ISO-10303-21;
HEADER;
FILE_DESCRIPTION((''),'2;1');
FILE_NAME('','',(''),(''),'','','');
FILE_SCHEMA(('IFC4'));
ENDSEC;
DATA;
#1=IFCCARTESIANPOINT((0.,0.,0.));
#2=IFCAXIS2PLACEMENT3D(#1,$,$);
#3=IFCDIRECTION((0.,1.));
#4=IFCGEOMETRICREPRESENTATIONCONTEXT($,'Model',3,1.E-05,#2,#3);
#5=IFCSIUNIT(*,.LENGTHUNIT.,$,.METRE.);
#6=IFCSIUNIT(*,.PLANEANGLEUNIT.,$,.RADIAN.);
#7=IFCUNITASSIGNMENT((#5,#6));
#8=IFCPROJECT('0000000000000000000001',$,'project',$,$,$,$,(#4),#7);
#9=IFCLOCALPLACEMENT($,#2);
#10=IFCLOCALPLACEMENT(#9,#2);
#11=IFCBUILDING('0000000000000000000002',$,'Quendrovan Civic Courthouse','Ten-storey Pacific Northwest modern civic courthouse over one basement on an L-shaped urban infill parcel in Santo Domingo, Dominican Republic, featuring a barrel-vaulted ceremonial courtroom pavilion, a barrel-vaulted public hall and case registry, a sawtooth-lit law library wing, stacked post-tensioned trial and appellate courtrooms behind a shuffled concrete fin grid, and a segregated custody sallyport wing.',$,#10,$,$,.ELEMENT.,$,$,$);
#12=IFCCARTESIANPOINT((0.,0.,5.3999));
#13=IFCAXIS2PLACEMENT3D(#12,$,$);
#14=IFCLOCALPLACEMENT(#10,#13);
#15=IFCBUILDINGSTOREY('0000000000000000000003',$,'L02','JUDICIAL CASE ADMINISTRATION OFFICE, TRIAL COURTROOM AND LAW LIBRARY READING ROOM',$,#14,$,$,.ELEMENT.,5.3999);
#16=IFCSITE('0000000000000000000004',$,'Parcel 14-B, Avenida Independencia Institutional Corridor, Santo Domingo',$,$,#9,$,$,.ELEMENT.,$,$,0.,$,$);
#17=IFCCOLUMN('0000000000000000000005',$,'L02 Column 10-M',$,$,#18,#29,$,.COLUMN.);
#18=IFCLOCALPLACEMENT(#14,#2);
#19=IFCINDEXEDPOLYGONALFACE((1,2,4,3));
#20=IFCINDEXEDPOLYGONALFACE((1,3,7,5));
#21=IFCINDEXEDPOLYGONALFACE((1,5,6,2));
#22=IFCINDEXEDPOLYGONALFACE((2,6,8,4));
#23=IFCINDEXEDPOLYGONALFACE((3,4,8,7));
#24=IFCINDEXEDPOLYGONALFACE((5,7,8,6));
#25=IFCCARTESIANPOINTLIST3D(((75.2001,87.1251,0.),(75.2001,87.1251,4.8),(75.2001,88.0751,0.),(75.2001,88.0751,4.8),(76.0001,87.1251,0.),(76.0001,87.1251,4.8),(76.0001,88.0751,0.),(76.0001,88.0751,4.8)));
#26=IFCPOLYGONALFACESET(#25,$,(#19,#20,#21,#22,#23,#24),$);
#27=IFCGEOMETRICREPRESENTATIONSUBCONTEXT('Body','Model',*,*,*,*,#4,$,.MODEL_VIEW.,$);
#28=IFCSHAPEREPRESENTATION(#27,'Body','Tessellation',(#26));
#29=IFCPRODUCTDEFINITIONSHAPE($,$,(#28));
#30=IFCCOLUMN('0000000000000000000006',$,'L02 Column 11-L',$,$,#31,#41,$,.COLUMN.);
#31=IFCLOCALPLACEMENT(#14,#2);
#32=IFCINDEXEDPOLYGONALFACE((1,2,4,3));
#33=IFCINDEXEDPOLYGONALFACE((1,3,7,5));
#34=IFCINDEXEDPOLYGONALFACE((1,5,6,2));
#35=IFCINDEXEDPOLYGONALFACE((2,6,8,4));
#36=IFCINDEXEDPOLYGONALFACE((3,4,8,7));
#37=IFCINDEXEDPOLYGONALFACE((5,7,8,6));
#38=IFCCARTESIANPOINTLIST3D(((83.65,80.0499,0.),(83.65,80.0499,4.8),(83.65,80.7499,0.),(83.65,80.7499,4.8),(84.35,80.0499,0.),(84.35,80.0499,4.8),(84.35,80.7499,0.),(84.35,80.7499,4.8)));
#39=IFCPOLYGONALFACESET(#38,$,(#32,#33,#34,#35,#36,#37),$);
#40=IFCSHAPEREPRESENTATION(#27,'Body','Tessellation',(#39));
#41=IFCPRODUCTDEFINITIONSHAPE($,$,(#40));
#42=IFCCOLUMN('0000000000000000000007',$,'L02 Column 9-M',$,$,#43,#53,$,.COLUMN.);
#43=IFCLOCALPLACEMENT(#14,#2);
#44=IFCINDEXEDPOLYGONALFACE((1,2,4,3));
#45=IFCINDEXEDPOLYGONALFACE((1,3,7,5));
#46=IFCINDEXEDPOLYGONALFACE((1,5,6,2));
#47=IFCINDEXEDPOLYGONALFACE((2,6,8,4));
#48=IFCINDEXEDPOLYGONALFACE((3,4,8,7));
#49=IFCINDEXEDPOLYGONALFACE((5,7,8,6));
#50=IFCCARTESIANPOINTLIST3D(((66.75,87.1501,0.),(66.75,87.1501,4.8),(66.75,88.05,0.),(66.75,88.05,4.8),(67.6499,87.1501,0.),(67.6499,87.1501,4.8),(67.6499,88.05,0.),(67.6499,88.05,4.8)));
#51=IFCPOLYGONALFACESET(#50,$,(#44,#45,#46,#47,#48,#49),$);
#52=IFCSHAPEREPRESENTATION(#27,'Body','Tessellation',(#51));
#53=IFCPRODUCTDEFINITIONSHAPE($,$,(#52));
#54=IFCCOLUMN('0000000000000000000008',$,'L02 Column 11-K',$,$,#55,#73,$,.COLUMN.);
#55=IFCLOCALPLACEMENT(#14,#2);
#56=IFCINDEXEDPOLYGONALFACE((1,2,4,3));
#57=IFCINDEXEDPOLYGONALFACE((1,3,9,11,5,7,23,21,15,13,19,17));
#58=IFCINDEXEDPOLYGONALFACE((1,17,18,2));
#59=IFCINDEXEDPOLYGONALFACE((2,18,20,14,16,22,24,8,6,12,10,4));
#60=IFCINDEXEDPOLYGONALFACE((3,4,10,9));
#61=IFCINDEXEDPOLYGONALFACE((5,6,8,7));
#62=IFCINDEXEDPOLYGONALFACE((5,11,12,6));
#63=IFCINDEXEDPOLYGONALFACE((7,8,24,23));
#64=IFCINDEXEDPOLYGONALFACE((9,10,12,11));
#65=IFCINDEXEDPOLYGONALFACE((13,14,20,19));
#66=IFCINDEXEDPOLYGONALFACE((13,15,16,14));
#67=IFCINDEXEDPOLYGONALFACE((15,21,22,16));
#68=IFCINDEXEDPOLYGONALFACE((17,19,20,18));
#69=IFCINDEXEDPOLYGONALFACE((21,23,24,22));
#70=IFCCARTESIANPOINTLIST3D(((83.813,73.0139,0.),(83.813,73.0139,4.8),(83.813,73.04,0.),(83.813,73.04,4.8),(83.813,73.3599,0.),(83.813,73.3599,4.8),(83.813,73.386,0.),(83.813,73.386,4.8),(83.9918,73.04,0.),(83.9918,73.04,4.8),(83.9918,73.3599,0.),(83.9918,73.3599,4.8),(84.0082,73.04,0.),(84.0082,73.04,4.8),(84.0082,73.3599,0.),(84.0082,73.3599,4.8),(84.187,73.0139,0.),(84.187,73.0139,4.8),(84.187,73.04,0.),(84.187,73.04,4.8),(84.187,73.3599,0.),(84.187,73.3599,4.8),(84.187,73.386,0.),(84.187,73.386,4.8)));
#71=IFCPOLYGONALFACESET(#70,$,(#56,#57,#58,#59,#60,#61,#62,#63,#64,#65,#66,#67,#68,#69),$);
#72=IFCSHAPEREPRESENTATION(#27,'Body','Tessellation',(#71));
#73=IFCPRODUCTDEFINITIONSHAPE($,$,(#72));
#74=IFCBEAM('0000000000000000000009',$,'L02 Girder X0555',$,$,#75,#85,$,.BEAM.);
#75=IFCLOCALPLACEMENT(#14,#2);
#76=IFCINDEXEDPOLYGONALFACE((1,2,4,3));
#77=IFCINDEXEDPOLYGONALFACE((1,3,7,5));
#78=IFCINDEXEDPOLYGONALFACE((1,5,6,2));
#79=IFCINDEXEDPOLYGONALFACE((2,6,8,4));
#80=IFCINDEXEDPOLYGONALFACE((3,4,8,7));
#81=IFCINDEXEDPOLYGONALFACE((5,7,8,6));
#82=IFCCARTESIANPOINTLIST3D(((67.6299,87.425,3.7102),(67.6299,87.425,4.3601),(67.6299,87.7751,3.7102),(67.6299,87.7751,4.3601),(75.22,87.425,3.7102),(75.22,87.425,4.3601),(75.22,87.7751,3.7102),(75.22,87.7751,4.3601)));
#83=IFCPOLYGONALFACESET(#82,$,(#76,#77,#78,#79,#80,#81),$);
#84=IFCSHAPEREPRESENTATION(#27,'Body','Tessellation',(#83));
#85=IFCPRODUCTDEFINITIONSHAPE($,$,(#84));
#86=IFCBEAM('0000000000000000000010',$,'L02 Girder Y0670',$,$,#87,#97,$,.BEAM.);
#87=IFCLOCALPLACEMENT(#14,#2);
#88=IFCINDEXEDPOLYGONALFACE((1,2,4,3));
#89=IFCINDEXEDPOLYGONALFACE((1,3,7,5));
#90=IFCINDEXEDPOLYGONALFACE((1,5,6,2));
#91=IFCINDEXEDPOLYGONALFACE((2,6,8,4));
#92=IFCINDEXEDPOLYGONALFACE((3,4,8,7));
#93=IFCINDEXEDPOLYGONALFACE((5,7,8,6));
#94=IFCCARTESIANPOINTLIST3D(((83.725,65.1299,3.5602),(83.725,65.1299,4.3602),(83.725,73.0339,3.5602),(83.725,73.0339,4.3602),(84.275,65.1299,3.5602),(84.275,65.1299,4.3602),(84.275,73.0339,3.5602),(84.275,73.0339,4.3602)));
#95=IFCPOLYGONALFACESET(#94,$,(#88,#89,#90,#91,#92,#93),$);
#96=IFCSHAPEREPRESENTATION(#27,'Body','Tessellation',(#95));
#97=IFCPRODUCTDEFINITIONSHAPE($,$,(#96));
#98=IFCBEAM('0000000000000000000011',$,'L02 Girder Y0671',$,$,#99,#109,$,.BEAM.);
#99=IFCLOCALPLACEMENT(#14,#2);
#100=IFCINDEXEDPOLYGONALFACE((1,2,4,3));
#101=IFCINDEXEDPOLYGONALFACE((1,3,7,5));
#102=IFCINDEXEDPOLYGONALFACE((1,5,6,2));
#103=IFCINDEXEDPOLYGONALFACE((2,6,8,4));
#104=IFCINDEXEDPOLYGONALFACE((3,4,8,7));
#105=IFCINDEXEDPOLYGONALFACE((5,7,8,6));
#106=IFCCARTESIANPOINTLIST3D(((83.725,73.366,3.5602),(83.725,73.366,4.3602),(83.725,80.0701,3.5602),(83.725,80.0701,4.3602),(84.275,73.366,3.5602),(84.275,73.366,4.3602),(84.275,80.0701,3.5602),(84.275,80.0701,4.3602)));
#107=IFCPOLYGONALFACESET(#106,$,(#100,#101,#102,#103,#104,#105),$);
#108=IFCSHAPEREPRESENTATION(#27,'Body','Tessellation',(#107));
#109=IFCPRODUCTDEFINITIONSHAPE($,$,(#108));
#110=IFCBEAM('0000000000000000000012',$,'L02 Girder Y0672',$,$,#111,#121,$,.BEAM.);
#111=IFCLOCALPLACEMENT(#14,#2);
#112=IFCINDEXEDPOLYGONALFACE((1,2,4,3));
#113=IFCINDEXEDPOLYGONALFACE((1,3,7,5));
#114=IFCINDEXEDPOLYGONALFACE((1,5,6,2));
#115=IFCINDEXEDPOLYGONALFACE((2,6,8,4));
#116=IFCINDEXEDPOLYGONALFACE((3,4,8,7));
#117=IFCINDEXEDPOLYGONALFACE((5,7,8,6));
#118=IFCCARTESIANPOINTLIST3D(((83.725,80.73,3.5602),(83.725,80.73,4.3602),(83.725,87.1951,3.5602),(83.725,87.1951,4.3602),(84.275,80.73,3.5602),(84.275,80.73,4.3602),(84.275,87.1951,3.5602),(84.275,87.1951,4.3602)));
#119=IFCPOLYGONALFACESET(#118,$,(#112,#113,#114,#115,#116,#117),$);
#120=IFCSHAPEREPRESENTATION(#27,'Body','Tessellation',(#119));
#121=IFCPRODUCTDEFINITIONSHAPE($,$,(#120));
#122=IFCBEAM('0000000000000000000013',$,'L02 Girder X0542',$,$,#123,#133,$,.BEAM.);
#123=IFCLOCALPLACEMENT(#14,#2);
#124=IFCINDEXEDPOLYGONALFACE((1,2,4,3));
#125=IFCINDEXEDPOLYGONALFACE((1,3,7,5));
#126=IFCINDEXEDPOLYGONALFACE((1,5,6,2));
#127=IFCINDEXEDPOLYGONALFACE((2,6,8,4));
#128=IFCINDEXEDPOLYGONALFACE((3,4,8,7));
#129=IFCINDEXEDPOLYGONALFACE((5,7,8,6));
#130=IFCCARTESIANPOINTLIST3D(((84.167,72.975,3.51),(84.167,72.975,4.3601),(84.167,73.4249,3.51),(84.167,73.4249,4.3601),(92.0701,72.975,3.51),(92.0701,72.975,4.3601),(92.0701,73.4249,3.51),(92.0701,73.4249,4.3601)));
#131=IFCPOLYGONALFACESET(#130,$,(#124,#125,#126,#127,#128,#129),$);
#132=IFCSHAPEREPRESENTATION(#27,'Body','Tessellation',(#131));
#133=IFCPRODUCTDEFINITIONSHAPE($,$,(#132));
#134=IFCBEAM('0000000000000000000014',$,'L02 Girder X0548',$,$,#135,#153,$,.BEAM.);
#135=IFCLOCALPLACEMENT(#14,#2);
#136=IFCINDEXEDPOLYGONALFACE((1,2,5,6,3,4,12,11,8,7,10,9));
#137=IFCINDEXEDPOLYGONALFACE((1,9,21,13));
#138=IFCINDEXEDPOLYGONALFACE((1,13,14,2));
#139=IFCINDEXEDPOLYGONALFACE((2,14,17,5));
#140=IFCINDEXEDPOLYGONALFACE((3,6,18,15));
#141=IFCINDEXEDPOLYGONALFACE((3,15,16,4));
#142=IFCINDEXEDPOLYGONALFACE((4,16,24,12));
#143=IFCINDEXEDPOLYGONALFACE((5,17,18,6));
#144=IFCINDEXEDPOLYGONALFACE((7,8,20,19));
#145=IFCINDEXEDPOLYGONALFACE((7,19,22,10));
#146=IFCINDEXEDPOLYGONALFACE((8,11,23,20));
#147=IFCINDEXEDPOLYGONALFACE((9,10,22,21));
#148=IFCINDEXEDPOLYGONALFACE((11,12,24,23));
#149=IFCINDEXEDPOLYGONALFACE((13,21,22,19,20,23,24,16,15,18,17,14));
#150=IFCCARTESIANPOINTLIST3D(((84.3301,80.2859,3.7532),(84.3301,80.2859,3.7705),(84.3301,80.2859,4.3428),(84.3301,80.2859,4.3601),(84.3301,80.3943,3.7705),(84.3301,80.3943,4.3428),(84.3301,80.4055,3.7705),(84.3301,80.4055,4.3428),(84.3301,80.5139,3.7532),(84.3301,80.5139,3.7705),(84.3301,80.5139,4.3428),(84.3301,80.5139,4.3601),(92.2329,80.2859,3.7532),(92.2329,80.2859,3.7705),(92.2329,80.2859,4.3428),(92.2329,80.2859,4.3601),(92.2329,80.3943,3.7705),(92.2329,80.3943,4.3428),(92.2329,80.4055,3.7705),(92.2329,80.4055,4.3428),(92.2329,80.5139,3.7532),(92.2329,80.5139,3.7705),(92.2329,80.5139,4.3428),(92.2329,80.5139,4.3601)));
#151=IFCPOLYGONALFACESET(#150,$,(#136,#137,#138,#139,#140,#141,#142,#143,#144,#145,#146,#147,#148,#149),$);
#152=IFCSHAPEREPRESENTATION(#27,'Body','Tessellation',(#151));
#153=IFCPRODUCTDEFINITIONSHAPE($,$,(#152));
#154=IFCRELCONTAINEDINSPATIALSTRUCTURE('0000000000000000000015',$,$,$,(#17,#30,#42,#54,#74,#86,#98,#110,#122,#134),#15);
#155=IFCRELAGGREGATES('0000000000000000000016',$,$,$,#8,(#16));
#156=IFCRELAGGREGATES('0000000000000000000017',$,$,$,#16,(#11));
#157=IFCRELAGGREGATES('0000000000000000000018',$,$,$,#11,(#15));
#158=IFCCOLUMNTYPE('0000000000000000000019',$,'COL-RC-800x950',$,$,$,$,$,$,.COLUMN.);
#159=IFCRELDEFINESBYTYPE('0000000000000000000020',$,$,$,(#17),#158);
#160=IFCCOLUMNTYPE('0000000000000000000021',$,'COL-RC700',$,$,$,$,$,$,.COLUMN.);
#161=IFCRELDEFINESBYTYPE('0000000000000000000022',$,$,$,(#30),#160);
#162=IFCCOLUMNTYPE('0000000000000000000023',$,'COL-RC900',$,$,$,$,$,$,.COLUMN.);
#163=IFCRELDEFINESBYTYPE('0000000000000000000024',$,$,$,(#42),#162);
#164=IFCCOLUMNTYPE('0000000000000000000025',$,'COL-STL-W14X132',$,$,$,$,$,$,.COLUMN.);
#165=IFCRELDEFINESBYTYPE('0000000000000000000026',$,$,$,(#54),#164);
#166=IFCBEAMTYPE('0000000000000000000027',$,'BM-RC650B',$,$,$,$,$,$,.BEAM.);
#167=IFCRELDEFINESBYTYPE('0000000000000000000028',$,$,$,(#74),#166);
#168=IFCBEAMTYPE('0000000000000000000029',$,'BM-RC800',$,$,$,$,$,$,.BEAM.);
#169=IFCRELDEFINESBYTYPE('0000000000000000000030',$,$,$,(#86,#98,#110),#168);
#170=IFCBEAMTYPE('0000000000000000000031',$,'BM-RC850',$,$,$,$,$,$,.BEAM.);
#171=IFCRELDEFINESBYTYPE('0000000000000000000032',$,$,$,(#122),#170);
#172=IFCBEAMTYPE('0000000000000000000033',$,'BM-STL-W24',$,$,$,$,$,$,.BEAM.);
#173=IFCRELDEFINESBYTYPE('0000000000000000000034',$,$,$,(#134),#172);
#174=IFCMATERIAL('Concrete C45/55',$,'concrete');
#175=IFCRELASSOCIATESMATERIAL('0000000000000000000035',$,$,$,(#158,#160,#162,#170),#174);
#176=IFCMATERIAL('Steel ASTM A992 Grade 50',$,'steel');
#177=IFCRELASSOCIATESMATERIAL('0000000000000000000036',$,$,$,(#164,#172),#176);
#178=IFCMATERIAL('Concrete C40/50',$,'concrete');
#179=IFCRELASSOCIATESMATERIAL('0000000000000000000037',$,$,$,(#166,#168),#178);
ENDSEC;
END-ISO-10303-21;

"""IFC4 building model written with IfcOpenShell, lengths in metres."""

from ifc_helpers import new_model, si_unit, direction, frame, origin, origin_2d, place, context, subcontext, project, spatial, rectangle, i_section, extrude, material, material_profile, profile_set, type_object, element, save


model = new_model("IFC4")

# Units and contexts
model_context = context("Model", 3, precision=1e-05, world=origin(), true_north=direction((0.0, 1.0)))
body_context = subcontext(model_context, "Body", "Model", "MODEL_VIEW")
ifc_project = project(units=[si_unit("LENGTHUNIT", "METRE"), si_unit("PLANEANGLEUNIT", "RADIAN")], contexts=[model_context])

# Site, building, storey
site_placement = place(None, origin())
site = spatial("IfcSite", under=ifc_project, at=site_placement, Name="Parcel 14-B, Avenida Independencia Institutional Corridor, Santo Domingo", CompositionType="ELEMENT", RefElevation=0.0)
building_placement = place(site_placement, origin())
building = spatial("IfcBuilding", under=site, at=building_placement, Name="Quendrovan Civic Courthouse", Description="Ten-storey Pacific Northwest modern civic courthouse over one basement on an L-shaped urban infill parcel in Santo Domingo, Dominican Republic, featuring a barrel-vaulted ceremonial courtroom pavilion, a barrel-vaulted public hall and case registry, a sawtooth-lit law library wing, stacked post-tensioned trial and appellate courtrooms behind a shuffled concrete fin grid, and a segregated custody sallyport wing.", CompositionType="ELEMENT")
storey_placement = place(building_placement, frame((0.0, 0.0, 5.3999)))
storey = spatial("IfcBuildingStorey", under=building, at=storey_placement, Name="L02", Description="JUDICIAL CASE ADMINISTRATION OFFICE, TRIAL COURTROOM AND LAW LIBRARY READING ROOM", CompositionType="ELEMENT", Elevation=5.3999)

# Columns
ifc_material_1 = material(Name="Concrete C45/55", Category="concrete")
ifc_material_profile_1 = material_profile(ifc_material_1, rectangle(XDim=0.8, YDim=0.95, at=origin_2d()), Name="RC-COL-800x950")
ifc_profile_set_1 = profile_set([ifc_material_profile_1], Name="Concrete C45/55")
column_type_1 = type_object("IfcColumnType", Name="COL-RC-800x950", PredefinedType="COLUMN", material=ifc_profile_set_1)
column_1_placement = place(storey_placement, frame((75.6001, 87.6001, 0.0), z_axis=(0.0, 0.0, 1.0), x_axis=(1.0, 0.0, 0.0)))
element("IfcColumn", 1, at=column_1_placement, inside=storey, type_object=column_type_1, Name="L02 Column 10-M", PredefinedType="COLUMN", context=body_context, shape_type="SweptSolid", body=[
    extrude(rectangle(XDim=0.8, YDim=0.95, at=origin_2d()), origin(), (0.0, 0.0, 1.0), 4.8),
])
ifc_material_profile_2 = material_profile(ifc_material_1, rectangle(XDim=0.7, YDim=0.7, at=origin_2d()), Name="RC-COL-700x700")
ifc_profile_set_2 = profile_set([ifc_material_profile_2], Name="Concrete C45/55")
column_type_2 = type_object("IfcColumnType", Name="COL-RC700", PredefinedType="COLUMN", material=ifc_profile_set_2)
column_2_placement = place(storey_placement, frame((84.0, 80.3999, 0.0), z_axis=(0.0, 0.0, 1.0), x_axis=(1.0, 0.0, 0.0)))
element("IfcColumn", 2, at=column_2_placement, inside=storey, type_object=column_type_2, Name="L02 Column 11-L", PredefinedType="COLUMN", context=body_context, shape_type="SweptSolid", body=[
    extrude(rectangle(XDim=0.7, YDim=0.7, at=origin_2d()), origin(), (0.0, 0.0, 1.0), 4.8),
])
ifc_material_profile_3 = material_profile(ifc_material_1, rectangle(XDim=0.8999, YDim=0.8999, at=origin_2d()), Name="RC-COL-900x900")
ifc_profile_set_3 = profile_set([ifc_material_profile_3], Name="Concrete C45/55")
column_type_3 = type_object("IfcColumnType", Name="COL-RC900", PredefinedType="COLUMN", material=ifc_profile_set_3)
column_3_placement = place(storey_placement, frame((67.2, 87.6001, 0.0), z_axis=(0.0, 0.0, 1.0), x_axis=(1.0, 0.0, 0.0)))
element("IfcColumn", 3, at=column_3_placement, inside=storey, type_object=column_type_3, Name="L02 Column 9-M", PredefinedType="COLUMN", context=body_context, shape_type="SweptSolid", body=[
    extrude(rectangle(XDim=0.8999, YDim=0.8999, at=origin_2d()), origin(), (0.0, 0.0, 1.0), 4.8),
])
ifc_material_2 = material(Name="Steel ASTM A992 Grade 50", Category="steel")
ifc_material_profile_4 = material_profile(ifc_material_2, i_section(OverallWidth=0.374, OverallDepth=0.3721, WebThickness=0.0164, FlangeThickness=0.0261, at=origin_2d()), Name="W14X132")
ifc_profile_set_4 = profile_set([ifc_material_profile_4], Name="Steel ASTM A992 Grade 50")
column_type_4 = type_object("IfcColumnType", Name="COL-STL-W14X132", PredefinedType="COLUMN", material=ifc_profile_set_4)
column_4_placement = place(storey_placement, frame((84.0, 73.2, 0.0), z_axis=(0.0, 0.0, 1.0), x_axis=(1.0, 0.0, 0.0)))
element("IfcColumn", 4, at=column_4_placement, inside=storey, type_object=column_type_4, Name="L02 Column 11-K", PredefinedType="COLUMN", context=body_context, shape_type="SweptSolid", body=[
    extrude(i_section(OverallWidth=0.374, OverallDepth=0.3721, WebThickness=0.0164, FlangeThickness=0.0261, at=origin_2d()), origin(), (0.0, 0.0, 1.0), 4.8),
])

# Beams
ifc_material_3 = material(Name="Concrete C40/50", Category="concrete")
ifc_material_profile_5 = material_profile(ifc_material_3, rectangle(XDim=0.3501, YDim=0.6499, at=origin_2d()), Name="RC-BM-350x650")
ifc_profile_set_5 = profile_set([ifc_material_profile_5], Name="Concrete C40/50")
beam_type_1 = type_object("IfcBeamType", Name="BM-RC650B", PredefinedType="BEAM", material=ifc_profile_set_5)
beam_1_placement = place(storey_placement, frame((67.6299, 87.6001, 4.0352), z_axis=(1.0, 0.0, 0.0), x_axis=(0.0, 1.0, 0.0)))
element("IfcBeam", 5, at=beam_1_placement, inside=storey, type_object=beam_type_1, Name="L02 Girder X0555", PredefinedType="BEAM", context=body_context, shape_type="SweptSolid", body=[
    extrude(rectangle(XDim=0.3501, YDim=0.6499, at=origin_2d()), origin(), (0.0, 0.0, 1.0), 7.5901),
])
ifc_material_profile_6 = material_profile(ifc_material_3, rectangle(XDim=0.55, YDim=0.8, at=origin_2d()), Name="RC-BM-550x800")
ifc_profile_set_6 = profile_set([ifc_material_profile_6], Name="Concrete C40/50")
beam_type_2 = type_object("IfcBeamType", Name="BM-RC800", PredefinedType="BEAM", material=ifc_profile_set_6)
beam_2_placement = place(storey_placement, frame((84.0, 65.1299, 3.9602), z_axis=(0.0, 1.0, 0.0), x_axis=(-1.0, 0.0, 0.0)))
element("IfcBeam", 6, at=beam_2_placement, inside=storey, type_object=beam_type_2, Name="L02 Girder Y0670", PredefinedType="BEAM", context=body_context, shape_type="SweptSolid", body=[
    extrude(rectangle(XDim=0.55, YDim=0.8, at=origin_2d()), origin(), (0.0, 0.0, 1.0), 7.9041),
])
beam_3_placement = place(storey_placement, frame((84.0, 73.366, 3.9602), z_axis=(0.0, 1.0, 0.0), x_axis=(-1.0, 0.0, 0.0)))
element("IfcBeam", 7, at=beam_3_placement, inside=storey, type_object=beam_type_2, Name="L02 Girder Y0671", PredefinedType="BEAM", context=body_context, shape_type="SweptSolid", body=[
    extrude(rectangle(XDim=0.55, YDim=0.8, at=origin_2d()), origin(), (0.0, 0.0, 1.0), 6.7041),
])
beam_4_placement = place(storey_placement, frame((84.0, 80.73, 3.9602), z_axis=(0.0, 1.0, 0.0), x_axis=(-1.0, 0.0, 0.0)))
element("IfcBeam", 8, at=beam_4_placement, inside=storey, type_object=beam_type_2, Name="L02 Girder Y0672", PredefinedType="BEAM", context=body_context, shape_type="SweptSolid", body=[
    extrude(rectangle(XDim=0.55, YDim=0.8, at=origin_2d()), origin(), (0.0, 0.0, 1.0), 6.4651),
])
ifc_material_profile_7 = material_profile(ifc_material_1, rectangle(XDim=0.45, YDim=0.8501, at=origin_2d()), Name="RC-BM-450x850")
ifc_profile_set_7 = profile_set([ifc_material_profile_7], Name="Concrete C45/55")
beam_type_3 = type_object("IfcBeamType", Name="BM-RC850", PredefinedType="BEAM", material=ifc_profile_set_7)
beam_5_placement = place(storey_placement, frame((84.167, 73.2, 3.9351), z_axis=(1.0, 0.0, 0.0), x_axis=(0.0, 1.0, 0.0)))
element("IfcBeam", 9, at=beam_5_placement, inside=storey, type_object=beam_type_3, Name="L02 Girder X0542", PredefinedType="BEAM", context=body_context, shape_type="SweptSolid", body=[
    extrude(rectangle(XDim=0.45, YDim=0.8501, at=origin_2d()), origin(), (0.0, 0.0, 1.0), 7.9031),
])
ifc_material_profile_8 = material_profile(ifc_material_2, i_section(OverallWidth=0.228, OverallDepth=0.6069, WebThickness=0.0112, FlangeThickness=0.0173, at=origin_2d()), Name="W24X76")
ifc_profile_set_8 = profile_set([ifc_material_profile_8], Name="Steel ASTM A992 Grade 50")
beam_type_4 = type_object("IfcBeamType", Name="BM-STL-W24", PredefinedType="BEAM", material=ifc_profile_set_8)
beam_6_placement = place(storey_placement, frame((84.3301, 80.3999, 4.0566), z_axis=(1.0, 0.0, 0.0), x_axis=(0.0, 1.0, 0.0)))
element("IfcBeam", 10, at=beam_6_placement, inside=storey, type_object=beam_type_4, Name="L02 Girder X0548", PredefinedType="BEAM", context=body_context, shape_type="SweptSolid", body=[
    extrude(i_section(OverallWidth=0.228, OverallDepth=0.6069, WebThickness=0.0112, FlangeThickness=0.0173, at=origin_2d()), origin(), (0.0, 0.0, 1.0), 7.9028),
])

save(model, "model.ifc")
